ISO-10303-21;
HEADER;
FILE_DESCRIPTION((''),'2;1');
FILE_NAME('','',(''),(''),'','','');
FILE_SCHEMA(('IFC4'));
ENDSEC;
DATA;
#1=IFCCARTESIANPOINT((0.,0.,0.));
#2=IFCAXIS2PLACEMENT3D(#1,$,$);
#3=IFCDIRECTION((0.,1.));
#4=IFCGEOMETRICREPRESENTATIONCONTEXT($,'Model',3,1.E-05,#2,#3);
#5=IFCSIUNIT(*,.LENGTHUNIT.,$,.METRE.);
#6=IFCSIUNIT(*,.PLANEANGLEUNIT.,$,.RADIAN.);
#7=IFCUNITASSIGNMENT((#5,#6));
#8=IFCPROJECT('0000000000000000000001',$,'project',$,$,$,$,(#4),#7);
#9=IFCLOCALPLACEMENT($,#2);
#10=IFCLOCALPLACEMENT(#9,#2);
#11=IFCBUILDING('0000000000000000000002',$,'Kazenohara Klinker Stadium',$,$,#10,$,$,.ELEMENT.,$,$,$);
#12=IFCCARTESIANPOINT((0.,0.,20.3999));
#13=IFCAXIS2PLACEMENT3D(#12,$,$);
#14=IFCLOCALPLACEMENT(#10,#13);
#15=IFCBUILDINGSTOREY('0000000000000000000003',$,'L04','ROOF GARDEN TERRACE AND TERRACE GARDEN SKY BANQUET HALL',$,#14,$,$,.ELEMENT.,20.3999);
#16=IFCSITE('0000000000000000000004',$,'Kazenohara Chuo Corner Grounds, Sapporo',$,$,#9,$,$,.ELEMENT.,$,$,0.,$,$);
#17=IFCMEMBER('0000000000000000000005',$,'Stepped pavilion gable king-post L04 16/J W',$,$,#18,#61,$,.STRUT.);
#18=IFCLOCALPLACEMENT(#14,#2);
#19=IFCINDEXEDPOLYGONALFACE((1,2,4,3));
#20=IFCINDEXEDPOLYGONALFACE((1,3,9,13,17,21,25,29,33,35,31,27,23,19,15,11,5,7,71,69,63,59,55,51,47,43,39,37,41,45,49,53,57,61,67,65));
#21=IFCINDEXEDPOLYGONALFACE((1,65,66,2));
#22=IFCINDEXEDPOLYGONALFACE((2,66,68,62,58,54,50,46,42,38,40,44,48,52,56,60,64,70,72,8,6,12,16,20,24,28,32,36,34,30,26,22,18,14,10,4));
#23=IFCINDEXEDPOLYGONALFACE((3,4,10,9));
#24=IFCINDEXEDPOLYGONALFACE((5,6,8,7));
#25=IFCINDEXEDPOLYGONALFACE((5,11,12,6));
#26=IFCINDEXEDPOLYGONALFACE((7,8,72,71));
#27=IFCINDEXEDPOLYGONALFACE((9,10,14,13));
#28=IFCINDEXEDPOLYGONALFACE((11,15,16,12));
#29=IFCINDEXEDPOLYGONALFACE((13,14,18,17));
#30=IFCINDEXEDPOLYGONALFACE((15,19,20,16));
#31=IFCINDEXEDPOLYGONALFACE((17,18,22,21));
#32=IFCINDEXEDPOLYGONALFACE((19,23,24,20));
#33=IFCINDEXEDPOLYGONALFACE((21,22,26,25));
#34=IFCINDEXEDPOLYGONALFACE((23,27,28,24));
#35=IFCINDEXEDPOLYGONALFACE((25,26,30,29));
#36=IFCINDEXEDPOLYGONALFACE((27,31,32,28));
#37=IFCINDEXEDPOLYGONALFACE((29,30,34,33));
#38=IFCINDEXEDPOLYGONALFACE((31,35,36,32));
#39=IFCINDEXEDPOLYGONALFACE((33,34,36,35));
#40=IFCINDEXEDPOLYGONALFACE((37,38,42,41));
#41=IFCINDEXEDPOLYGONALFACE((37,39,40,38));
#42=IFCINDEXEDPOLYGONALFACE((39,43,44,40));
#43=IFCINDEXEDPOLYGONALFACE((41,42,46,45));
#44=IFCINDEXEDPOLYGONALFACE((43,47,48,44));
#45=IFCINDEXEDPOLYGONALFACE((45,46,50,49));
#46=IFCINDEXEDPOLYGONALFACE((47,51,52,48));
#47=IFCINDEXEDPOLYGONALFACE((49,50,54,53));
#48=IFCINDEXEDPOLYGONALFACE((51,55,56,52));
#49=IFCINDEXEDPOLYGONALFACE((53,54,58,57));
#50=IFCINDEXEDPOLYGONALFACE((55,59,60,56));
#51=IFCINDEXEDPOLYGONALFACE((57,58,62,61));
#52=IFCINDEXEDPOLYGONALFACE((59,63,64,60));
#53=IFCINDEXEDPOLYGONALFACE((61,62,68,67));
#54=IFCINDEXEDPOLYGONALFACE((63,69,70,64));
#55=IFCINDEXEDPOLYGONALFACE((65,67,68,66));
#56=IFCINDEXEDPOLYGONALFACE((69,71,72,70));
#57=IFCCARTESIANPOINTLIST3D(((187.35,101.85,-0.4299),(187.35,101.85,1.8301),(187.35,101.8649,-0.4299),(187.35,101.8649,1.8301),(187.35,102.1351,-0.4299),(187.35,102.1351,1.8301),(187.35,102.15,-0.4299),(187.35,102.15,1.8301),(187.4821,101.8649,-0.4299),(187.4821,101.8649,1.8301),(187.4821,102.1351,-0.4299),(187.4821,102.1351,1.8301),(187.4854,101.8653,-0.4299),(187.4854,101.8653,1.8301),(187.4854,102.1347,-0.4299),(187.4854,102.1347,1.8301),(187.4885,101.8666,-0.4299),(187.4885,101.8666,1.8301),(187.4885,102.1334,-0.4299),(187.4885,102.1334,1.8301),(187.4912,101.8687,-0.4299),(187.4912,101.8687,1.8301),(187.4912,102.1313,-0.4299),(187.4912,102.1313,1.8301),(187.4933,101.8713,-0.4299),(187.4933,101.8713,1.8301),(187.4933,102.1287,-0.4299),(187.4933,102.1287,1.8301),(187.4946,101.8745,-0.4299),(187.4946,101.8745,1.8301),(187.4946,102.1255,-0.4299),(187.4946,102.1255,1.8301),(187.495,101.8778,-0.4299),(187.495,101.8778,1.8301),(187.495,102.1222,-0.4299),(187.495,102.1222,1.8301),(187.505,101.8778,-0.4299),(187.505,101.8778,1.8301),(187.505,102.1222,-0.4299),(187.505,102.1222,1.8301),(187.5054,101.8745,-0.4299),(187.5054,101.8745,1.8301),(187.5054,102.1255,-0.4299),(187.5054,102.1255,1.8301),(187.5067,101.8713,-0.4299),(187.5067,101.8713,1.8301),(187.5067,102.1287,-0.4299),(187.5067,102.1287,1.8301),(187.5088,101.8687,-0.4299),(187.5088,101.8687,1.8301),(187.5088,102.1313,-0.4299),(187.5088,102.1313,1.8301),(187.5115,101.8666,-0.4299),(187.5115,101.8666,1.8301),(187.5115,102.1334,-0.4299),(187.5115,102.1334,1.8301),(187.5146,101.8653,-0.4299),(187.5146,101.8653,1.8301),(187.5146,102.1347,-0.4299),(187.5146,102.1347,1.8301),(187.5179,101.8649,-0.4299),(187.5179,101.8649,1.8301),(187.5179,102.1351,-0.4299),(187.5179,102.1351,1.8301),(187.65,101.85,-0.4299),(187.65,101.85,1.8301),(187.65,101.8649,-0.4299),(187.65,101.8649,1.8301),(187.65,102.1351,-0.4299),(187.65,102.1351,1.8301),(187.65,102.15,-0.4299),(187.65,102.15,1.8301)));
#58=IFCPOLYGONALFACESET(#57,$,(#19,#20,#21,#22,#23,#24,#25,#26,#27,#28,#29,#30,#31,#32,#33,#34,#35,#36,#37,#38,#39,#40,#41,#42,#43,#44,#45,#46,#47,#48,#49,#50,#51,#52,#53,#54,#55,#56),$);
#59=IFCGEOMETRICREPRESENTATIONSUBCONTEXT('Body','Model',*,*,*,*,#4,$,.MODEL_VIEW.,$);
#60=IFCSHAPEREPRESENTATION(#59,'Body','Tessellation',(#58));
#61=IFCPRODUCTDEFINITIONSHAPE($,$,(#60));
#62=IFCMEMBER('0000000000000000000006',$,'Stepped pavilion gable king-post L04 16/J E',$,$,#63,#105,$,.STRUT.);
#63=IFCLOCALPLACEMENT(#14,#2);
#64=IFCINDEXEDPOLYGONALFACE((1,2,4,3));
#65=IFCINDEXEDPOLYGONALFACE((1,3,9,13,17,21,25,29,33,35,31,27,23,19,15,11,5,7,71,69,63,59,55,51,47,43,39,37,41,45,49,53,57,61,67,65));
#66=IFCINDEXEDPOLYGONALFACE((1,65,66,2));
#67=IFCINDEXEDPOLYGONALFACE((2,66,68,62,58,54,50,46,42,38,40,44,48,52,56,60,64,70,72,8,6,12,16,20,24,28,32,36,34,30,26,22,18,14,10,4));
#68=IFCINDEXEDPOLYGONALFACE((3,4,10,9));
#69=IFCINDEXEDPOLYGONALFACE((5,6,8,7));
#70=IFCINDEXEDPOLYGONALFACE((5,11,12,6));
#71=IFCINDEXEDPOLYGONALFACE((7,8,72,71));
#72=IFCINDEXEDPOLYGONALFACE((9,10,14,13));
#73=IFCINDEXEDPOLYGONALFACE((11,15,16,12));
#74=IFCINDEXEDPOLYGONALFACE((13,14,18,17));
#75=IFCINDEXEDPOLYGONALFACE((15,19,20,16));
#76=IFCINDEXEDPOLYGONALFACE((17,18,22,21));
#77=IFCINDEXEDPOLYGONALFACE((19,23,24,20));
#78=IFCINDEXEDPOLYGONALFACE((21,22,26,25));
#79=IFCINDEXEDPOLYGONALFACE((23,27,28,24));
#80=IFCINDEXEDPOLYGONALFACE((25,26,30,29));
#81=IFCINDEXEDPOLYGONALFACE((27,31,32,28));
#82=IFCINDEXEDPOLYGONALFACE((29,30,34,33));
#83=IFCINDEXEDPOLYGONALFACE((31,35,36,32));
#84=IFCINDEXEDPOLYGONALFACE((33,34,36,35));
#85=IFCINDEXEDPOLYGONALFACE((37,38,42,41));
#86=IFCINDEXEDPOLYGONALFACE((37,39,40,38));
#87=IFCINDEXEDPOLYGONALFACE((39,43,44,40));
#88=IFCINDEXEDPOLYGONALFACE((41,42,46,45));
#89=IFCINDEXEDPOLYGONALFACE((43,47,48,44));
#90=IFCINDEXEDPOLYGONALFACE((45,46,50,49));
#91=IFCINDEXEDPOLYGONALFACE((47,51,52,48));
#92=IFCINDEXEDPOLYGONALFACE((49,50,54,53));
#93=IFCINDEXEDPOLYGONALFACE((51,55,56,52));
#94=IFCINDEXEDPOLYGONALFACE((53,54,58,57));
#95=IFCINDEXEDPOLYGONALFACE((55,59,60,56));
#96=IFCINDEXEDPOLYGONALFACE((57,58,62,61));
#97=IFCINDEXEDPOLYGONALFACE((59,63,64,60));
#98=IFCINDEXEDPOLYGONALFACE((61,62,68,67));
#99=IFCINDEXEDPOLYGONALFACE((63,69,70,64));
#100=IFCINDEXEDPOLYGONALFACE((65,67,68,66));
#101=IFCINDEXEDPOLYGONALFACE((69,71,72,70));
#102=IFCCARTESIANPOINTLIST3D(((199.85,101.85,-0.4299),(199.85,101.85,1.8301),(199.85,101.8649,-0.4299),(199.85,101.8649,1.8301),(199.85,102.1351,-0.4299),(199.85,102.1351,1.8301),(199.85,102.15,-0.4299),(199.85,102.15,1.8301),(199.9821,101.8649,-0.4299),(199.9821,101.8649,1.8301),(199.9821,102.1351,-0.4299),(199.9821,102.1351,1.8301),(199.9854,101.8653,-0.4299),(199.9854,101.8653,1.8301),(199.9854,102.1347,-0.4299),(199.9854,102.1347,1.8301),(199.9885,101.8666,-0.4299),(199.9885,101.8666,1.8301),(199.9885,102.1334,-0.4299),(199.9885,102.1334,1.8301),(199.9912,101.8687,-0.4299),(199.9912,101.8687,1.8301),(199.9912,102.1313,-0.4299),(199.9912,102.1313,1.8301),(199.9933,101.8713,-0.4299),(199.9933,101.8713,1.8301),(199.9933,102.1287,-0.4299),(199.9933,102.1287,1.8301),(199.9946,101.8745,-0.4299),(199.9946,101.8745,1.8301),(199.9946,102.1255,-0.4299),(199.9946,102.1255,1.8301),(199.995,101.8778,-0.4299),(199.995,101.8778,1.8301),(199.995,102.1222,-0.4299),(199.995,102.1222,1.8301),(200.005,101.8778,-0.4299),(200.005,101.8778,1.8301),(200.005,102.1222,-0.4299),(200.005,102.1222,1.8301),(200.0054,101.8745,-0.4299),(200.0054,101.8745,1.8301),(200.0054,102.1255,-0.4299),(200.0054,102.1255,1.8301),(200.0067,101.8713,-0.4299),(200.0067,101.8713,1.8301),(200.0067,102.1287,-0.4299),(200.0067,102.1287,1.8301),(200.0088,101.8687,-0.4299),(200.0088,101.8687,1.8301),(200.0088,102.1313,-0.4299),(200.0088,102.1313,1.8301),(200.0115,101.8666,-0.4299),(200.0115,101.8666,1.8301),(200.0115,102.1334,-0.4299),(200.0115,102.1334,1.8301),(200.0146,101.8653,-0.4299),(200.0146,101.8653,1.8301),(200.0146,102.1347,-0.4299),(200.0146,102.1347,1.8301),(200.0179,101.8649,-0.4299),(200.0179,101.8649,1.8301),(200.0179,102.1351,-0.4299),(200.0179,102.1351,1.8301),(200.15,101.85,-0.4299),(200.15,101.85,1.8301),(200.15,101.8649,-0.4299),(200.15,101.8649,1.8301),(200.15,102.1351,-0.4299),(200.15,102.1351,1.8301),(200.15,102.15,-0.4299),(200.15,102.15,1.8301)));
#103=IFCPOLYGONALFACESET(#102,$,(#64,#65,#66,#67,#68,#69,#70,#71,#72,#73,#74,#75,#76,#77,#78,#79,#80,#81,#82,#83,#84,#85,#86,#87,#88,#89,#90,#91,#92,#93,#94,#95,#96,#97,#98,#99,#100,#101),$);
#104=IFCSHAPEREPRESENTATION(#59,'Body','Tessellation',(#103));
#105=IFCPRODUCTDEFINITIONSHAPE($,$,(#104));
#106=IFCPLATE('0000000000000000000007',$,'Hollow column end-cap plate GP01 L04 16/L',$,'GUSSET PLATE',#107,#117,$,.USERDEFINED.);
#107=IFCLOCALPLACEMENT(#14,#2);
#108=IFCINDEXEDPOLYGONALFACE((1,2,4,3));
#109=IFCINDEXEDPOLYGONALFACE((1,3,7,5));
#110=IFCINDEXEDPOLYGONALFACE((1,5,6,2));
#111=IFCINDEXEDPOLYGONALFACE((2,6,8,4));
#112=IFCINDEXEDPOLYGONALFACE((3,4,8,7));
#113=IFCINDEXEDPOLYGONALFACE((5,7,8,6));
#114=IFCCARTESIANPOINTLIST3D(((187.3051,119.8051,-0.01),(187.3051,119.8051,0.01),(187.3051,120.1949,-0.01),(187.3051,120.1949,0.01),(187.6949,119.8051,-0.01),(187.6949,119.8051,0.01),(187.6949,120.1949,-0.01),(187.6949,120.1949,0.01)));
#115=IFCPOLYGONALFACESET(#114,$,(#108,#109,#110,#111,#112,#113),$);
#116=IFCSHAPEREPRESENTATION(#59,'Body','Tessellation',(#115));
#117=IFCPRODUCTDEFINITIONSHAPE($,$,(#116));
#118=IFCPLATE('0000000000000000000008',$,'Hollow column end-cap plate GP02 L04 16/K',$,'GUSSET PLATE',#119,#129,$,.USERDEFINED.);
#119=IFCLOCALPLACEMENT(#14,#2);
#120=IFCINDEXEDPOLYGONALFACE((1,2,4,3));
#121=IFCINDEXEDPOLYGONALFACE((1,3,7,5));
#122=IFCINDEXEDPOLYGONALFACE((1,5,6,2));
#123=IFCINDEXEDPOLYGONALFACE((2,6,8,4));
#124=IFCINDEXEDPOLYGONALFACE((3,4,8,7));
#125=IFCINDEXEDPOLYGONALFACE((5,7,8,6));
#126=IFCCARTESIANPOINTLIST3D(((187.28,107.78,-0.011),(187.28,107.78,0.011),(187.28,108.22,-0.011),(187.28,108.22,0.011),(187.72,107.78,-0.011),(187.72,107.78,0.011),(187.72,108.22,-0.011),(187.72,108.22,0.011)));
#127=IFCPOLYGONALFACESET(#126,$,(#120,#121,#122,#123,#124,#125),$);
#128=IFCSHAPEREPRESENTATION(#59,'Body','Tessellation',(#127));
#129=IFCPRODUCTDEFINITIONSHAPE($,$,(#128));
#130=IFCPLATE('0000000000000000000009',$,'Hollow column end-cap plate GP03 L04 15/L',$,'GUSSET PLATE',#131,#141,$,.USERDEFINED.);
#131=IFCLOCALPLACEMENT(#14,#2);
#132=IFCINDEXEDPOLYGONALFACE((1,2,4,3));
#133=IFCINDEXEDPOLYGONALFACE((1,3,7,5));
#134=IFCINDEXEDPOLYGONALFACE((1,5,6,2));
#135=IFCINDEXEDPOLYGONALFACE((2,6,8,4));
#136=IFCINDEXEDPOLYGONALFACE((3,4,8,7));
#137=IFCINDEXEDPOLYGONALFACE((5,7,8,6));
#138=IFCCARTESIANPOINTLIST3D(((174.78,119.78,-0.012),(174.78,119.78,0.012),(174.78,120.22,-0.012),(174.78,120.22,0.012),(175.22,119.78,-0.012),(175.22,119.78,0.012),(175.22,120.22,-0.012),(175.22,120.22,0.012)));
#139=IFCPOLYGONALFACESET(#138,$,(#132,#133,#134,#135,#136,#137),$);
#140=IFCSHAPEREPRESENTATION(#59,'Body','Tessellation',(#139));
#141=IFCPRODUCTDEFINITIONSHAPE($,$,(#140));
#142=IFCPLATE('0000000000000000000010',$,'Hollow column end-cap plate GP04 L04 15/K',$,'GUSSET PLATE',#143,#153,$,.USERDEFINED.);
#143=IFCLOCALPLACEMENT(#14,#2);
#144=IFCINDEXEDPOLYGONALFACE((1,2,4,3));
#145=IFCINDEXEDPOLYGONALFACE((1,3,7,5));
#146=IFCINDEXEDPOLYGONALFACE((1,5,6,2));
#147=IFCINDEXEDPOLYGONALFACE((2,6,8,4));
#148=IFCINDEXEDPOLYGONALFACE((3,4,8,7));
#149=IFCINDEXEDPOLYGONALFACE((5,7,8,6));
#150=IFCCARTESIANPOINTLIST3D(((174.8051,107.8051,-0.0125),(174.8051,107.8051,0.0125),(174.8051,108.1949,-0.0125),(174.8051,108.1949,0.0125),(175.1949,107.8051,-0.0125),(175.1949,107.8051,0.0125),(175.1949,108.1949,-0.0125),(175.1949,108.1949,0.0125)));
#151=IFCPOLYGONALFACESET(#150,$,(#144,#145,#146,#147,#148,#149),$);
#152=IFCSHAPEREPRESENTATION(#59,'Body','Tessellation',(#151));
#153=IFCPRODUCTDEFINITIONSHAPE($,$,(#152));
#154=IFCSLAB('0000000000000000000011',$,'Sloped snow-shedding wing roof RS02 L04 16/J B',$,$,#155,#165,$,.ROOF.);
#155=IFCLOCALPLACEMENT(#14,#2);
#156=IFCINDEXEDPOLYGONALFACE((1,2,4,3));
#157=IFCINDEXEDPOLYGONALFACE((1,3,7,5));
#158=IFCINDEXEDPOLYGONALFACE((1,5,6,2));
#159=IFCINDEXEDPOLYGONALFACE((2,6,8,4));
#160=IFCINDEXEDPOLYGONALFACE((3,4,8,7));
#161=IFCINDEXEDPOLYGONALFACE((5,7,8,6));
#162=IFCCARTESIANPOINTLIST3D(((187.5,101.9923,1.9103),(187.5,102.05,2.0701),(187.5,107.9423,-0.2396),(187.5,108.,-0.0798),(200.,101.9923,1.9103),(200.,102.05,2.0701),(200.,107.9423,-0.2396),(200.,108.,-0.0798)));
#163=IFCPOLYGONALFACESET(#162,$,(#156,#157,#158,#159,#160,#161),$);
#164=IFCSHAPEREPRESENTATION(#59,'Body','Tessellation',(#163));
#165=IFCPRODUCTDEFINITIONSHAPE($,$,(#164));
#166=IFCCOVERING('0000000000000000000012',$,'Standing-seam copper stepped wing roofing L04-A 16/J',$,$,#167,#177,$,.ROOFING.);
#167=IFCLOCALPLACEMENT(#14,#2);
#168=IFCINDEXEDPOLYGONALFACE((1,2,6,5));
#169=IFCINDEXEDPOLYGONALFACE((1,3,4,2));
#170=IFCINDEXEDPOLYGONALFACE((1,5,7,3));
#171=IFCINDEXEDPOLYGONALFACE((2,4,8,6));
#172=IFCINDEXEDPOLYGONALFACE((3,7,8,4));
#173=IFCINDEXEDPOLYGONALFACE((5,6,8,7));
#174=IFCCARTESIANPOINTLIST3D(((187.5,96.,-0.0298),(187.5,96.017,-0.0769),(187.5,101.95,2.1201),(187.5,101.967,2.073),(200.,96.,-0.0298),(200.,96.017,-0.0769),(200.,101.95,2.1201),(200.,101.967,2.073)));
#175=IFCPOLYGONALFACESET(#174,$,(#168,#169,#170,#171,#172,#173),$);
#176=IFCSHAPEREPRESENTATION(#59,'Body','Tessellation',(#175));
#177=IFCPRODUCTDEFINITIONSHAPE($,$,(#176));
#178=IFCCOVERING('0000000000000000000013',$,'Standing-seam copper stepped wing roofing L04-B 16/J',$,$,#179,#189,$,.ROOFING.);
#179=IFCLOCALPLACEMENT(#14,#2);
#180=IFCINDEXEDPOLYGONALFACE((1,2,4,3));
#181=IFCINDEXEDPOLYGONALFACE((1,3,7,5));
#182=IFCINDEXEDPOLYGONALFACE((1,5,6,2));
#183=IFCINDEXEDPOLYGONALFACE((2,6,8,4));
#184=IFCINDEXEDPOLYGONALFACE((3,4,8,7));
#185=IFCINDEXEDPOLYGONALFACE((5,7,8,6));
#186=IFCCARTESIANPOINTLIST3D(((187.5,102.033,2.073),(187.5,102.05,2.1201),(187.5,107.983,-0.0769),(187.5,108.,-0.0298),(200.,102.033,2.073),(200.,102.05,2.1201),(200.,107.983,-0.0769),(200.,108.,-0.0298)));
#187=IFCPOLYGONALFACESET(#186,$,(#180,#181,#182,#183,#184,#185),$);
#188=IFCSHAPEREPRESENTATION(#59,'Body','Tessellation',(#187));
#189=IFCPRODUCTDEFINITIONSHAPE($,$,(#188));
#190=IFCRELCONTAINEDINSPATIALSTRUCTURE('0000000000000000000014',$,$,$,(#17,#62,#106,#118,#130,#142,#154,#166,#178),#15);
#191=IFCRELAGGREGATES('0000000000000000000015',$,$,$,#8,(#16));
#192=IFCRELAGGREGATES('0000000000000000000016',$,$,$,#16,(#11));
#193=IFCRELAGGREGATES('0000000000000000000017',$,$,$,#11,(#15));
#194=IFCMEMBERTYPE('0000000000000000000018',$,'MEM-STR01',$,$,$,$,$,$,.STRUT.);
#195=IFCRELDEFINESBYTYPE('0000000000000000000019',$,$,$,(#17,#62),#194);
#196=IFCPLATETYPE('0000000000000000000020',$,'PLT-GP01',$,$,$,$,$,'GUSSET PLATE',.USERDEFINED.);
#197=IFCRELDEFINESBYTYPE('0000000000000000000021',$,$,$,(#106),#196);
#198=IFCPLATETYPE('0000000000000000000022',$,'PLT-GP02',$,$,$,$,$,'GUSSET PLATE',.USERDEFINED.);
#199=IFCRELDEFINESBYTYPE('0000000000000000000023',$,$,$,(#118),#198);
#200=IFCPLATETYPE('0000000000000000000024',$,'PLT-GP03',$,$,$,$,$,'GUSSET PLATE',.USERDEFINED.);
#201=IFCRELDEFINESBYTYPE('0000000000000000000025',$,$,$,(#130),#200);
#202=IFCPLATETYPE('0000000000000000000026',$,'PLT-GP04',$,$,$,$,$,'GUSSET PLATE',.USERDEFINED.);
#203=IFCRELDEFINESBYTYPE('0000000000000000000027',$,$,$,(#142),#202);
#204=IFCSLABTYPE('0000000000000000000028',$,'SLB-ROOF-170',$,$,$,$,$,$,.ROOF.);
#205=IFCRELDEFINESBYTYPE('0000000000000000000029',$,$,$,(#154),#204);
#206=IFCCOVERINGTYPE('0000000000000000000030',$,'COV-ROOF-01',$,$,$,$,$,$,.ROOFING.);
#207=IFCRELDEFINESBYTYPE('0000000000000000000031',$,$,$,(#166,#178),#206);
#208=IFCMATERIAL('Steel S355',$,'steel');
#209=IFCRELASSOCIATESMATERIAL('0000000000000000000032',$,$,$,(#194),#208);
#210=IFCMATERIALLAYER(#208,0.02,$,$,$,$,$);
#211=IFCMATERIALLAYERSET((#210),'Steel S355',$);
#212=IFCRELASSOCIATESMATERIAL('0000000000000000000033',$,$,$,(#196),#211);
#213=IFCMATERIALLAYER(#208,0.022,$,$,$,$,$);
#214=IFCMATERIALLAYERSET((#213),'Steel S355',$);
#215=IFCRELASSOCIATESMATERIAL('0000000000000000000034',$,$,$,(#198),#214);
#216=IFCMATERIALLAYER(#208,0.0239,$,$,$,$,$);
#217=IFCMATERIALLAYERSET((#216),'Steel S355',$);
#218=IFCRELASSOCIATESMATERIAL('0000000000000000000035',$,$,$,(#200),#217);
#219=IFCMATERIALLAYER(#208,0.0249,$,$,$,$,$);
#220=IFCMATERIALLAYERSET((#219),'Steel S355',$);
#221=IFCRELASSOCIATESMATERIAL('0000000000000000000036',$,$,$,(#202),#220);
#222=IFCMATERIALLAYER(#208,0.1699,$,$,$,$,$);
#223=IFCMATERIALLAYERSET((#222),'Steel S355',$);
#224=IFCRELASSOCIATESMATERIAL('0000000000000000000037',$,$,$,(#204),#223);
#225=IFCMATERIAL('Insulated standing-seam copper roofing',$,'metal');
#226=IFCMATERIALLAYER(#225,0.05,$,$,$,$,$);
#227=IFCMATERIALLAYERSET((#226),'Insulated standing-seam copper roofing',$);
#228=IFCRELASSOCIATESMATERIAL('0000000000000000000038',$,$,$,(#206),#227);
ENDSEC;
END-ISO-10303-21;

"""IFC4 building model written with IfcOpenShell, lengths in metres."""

from ifc_helpers import new_model, si_unit, direction, frame, origin, origin_2d, place, context, subcontext, project, spatial, polyline, rectangle, i_section, outline, extrude, material, layer, layer_set, material_profile, profile_set, type_object, element, save


model = new_model("IFC4")

# Units and contexts
model_context = context("Model", 3, precision=1e-05, world=origin(), true_north=direction((0.0, 1.0)))
body_context = subcontext(model_context, "Body", "Model", "MODEL_VIEW")
ifc_project = project(units=[si_unit("LENGTHUNIT", "METRE"), si_unit("PLANEANGLEUNIT", "RADIAN")], contexts=[model_context])

# Site, building, storey
site_placement = place(None, origin())
site = spatial("IfcSite", under=ifc_project, at=site_placement, Name="Kazenohara Chuo Corner Grounds, Sapporo", CompositionType="ELEMENT", RefElevation=0.0)
building_placement = place(site_placement, origin())
building = spatial("IfcBuilding", under=site, at=building_placement, Name="Kazenohara Klinker Stadium", CompositionType="ELEMENT")
storey_placement = place(building_placement, frame((0.0, 0.0, 20.3999)))
storey = spatial("IfcBuildingStorey", under=building, at=storey_placement, Name="L04", Description="ROOF GARDEN TERRACE AND TERRACE GARDEN SKY BANQUET HALL", CompositionType="ELEMENT", Elevation=20.3999)

# Shared definitions
ifc_material_1 = material(Name="Steel S355", Category="steel")

# Members
ifc_material_profile_1 = material_profile(ifc_material_1, i_section(OverallWidth=0.3, OverallDepth=0.3, WebThickness=0.01, FlangeThickness=0.0149, FilletRadius=0.0129, at=origin_2d()), Name="H-300x300x10x15")
ifc_profile_set_1 = profile_set([ifc_material_profile_1], Name="Steel S355")
member_type_1 = type_object("IfcMemberType", Name="MEM-STR01", PredefinedType="STRUT", material=ifc_profile_set_1)
for number, where, z_axis, x_axis, name in (
    (1, (187.5, 102.0, -0.4299), (0.0, 0.0, 1.0), (1.0, 0.0, 0.0), "Stepped pavilion gable king-post L04 16/J W"),
    (2, (200.0, 102.0, -0.4299), (0.0, 0.0, 1.0), (1.0, 0.0, 0.0), "Stepped pavilion gable king-post L04 16/J E"),
):
    element("IfcMember", number, at=place(storey_placement, frame(where, z_axis=z_axis, x_axis=x_axis)), inside=storey, type_object=member_type_1, Name=name, PredefinedType="STRUT", context=body_context, shape_type="SweptSolid", body=[
        extrude(i_section(OverallWidth=0.3, OverallDepth=0.3, WebThickness=0.01, FlangeThickness=0.0149, FilletRadius=0.0129, at=origin_2d()), origin(), (0.0, 0.0, 1.0), 2.26),
    ])

# Plates
ifc_layer_1 = layer(ifc_material_1, 0.02)
ifc_layer_set_1 = layer_set([ifc_layer_1], Name="Steel S355")
plate_type_1 = type_object("IfcPlateType", Name="PLT-GP01", ElementType="GUSSET PLATE", PredefinedType="USERDEFINED", material=ifc_layer_set_1)
plate_1_placement = place(storey_placement, frame((187.5, 120.0, -0.01), z_axis=(0.0, 0.0, 1.0), x_axis=(1.0, 0.0, 0.0)))
element("IfcPlate", 3, at=plate_1_placement, inside=storey, type_object=plate_type_1, Name="Hollow column end-cap plate GP01 L04 16/L", ObjectType="GUSSET PLATE", PredefinedType="USERDEFINED", context=body_context, shape_type="SweptSolid", body=[
    extrude(rectangle(XDim=0.3899, YDim=0.3899, at=origin_2d()), origin(), (0.0, 0.0, 1.0), 0.02),
])
ifc_layer_2 = layer(ifc_material_1, 0.022)
ifc_layer_set_2 = layer_set([ifc_layer_2], Name="Steel S355")
plate_type_2 = type_object("IfcPlateType", Name="PLT-GP02", ElementType="GUSSET PLATE", PredefinedType="USERDEFINED", material=ifc_layer_set_2)
plate_2_placement = place(storey_placement, frame((187.5, 108.0, -0.011), z_axis=(0.0, 0.0, 1.0), x_axis=(1.0, 0.0, 0.0)))
element("IfcPlate", 4, at=plate_2_placement, inside=storey, type_object=plate_type_2, Name="Hollow column end-cap plate GP02 L04 16/K", ObjectType="GUSSET PLATE", PredefinedType="USERDEFINED", context=body_context, shape_type="SweptSolid", body=[
    extrude(rectangle(XDim=0.4399, YDim=0.4399, at=origin_2d()), origin(), (0.0, 0.0, 1.0), 0.022),
])
ifc_layer_3 = layer(ifc_material_1, 0.0239)
ifc_layer_set_3 = layer_set([ifc_layer_3], Name="Steel S355")
plate_type_3 = type_object("IfcPlateType", Name="PLT-GP03", ElementType="GUSSET PLATE", PredefinedType="USERDEFINED", material=ifc_layer_set_3)
plate_3_placement = place(storey_placement, frame((175.0, 120.0, -0.012), z_axis=(0.0, 0.0, 1.0), x_axis=(1.0, 0.0, 0.0)))
element("IfcPlate", 5, at=plate_3_placement, inside=storey, type_object=plate_type_3, Name="Hollow column end-cap plate GP03 L04 15/L", ObjectType="GUSSET PLATE", PredefinedType="USERDEFINED", context=body_context, shape_type="SweptSolid", body=[
    extrude(rectangle(XDim=0.4399, YDim=0.4399, at=origin_2d()), origin(), (0.0, 0.0, 1.0), 0.0239),
])
ifc_layer_4 = layer(ifc_material_1, 0.0249)
ifc_layer_set_4 = layer_set([ifc_layer_4], Name="Steel S355")
plate_type_4 = type_object("IfcPlateType", Name="PLT-GP04", ElementType="GUSSET PLATE", PredefinedType="USERDEFINED", material=ifc_layer_set_4)
plate_4_placement = place(storey_placement, frame((175.0, 108.0, -0.0125), z_axis=(0.0, 0.0, 1.0), x_axis=(1.0, 0.0, 0.0)))
element("IfcPlate", 6, at=plate_4_placement, inside=storey, type_object=plate_type_4, Name="Hollow column end-cap plate GP04 L04 15/K", ObjectType="GUSSET PLATE", PredefinedType="USERDEFINED", context=body_context, shape_type="SweptSolid", body=[
    extrude(rectangle(XDim=0.3899, YDim=0.3899, at=origin_2d()), origin(), (0.0, 0.0, 1.0), 0.0249),
])

# Slab
ifc_layer_5 = layer(ifc_material_1, 0.1699)
ifc_layer_set_5 = layer_set([ifc_layer_5], Name="Steel S355")
slab_type = type_object("IfcSlabType", Name="SLB-ROOF-170", PredefinedType="ROOF", material=ifc_layer_set_5)
slab_placement = place(storey_placement, frame((187.5, 102.05, 2.0701), z_axis=(0.0, 0.339827, 0.940488), x_axis=(1.0, 0.0, 0.0)))
element("IfcSlab", 7, at=slab_placement, inside=storey, type_object=slab_type, Name="Sloped snow-shedding wing roof RS02 L04 16/J B", PredefinedType="ROOF", context=body_context, shape_type="SweptSolid", body=[
    extrude(outline(polyline([(0.0, 0.0), (12.5, 0.0), (12.5, 6.3265), (0.0, 6.3265), (0.0, 0.0)])), origin(), (0.0, 0.0, -1.0), 0.1699),
])

# Coverings
ifc_material_2 = material(Name="Insulated standing-seam copper roofing", Category="metal")
ifc_layer_6 = layer(ifc_material_2, 0.05)
ifc_layer_set_6 = layer_set([ifc_layer_6], Name="Insulated standing-seam copper roofing")
covering_type = type_object("IfcCoveringType", Name="COV-ROOF-01", PredefinedType="ROOFING", material=ifc_layer_set_6)
for number, where, z_axis, x_axis, name in (
    (8, (187.5, 96.0, -0.0298), (0.0, -0.339827, 0.940488), (1.0, 0.0, 0.0), "Standing-seam copper stepped wing roofing L04-A 16/J"),
    (9, (187.5, 102.05, 2.1201), (0.0, 0.339827, 0.940488), (1.0, 0.0, 0.0), "Standing-seam copper stepped wing roofing L04-B 16/J"),
):
    element("IfcCovering", number, at=place(storey_placement, frame(where, z_axis=z_axis, x_axis=x_axis)), inside=storey, type_object=covering_type, Name=name, PredefinedType="ROOFING", context=body_context, shape_type="SweptSolid", body=[
        extrude(outline(polyline([(0.0, 0.0), (12.5, 0.0), (12.5, 6.3265), (0.0, 6.3265), (0.0, 0.0)])), origin(), (0.0, 0.0, -1.0), 0.05),
    ])

save(model, "model.ifc")
